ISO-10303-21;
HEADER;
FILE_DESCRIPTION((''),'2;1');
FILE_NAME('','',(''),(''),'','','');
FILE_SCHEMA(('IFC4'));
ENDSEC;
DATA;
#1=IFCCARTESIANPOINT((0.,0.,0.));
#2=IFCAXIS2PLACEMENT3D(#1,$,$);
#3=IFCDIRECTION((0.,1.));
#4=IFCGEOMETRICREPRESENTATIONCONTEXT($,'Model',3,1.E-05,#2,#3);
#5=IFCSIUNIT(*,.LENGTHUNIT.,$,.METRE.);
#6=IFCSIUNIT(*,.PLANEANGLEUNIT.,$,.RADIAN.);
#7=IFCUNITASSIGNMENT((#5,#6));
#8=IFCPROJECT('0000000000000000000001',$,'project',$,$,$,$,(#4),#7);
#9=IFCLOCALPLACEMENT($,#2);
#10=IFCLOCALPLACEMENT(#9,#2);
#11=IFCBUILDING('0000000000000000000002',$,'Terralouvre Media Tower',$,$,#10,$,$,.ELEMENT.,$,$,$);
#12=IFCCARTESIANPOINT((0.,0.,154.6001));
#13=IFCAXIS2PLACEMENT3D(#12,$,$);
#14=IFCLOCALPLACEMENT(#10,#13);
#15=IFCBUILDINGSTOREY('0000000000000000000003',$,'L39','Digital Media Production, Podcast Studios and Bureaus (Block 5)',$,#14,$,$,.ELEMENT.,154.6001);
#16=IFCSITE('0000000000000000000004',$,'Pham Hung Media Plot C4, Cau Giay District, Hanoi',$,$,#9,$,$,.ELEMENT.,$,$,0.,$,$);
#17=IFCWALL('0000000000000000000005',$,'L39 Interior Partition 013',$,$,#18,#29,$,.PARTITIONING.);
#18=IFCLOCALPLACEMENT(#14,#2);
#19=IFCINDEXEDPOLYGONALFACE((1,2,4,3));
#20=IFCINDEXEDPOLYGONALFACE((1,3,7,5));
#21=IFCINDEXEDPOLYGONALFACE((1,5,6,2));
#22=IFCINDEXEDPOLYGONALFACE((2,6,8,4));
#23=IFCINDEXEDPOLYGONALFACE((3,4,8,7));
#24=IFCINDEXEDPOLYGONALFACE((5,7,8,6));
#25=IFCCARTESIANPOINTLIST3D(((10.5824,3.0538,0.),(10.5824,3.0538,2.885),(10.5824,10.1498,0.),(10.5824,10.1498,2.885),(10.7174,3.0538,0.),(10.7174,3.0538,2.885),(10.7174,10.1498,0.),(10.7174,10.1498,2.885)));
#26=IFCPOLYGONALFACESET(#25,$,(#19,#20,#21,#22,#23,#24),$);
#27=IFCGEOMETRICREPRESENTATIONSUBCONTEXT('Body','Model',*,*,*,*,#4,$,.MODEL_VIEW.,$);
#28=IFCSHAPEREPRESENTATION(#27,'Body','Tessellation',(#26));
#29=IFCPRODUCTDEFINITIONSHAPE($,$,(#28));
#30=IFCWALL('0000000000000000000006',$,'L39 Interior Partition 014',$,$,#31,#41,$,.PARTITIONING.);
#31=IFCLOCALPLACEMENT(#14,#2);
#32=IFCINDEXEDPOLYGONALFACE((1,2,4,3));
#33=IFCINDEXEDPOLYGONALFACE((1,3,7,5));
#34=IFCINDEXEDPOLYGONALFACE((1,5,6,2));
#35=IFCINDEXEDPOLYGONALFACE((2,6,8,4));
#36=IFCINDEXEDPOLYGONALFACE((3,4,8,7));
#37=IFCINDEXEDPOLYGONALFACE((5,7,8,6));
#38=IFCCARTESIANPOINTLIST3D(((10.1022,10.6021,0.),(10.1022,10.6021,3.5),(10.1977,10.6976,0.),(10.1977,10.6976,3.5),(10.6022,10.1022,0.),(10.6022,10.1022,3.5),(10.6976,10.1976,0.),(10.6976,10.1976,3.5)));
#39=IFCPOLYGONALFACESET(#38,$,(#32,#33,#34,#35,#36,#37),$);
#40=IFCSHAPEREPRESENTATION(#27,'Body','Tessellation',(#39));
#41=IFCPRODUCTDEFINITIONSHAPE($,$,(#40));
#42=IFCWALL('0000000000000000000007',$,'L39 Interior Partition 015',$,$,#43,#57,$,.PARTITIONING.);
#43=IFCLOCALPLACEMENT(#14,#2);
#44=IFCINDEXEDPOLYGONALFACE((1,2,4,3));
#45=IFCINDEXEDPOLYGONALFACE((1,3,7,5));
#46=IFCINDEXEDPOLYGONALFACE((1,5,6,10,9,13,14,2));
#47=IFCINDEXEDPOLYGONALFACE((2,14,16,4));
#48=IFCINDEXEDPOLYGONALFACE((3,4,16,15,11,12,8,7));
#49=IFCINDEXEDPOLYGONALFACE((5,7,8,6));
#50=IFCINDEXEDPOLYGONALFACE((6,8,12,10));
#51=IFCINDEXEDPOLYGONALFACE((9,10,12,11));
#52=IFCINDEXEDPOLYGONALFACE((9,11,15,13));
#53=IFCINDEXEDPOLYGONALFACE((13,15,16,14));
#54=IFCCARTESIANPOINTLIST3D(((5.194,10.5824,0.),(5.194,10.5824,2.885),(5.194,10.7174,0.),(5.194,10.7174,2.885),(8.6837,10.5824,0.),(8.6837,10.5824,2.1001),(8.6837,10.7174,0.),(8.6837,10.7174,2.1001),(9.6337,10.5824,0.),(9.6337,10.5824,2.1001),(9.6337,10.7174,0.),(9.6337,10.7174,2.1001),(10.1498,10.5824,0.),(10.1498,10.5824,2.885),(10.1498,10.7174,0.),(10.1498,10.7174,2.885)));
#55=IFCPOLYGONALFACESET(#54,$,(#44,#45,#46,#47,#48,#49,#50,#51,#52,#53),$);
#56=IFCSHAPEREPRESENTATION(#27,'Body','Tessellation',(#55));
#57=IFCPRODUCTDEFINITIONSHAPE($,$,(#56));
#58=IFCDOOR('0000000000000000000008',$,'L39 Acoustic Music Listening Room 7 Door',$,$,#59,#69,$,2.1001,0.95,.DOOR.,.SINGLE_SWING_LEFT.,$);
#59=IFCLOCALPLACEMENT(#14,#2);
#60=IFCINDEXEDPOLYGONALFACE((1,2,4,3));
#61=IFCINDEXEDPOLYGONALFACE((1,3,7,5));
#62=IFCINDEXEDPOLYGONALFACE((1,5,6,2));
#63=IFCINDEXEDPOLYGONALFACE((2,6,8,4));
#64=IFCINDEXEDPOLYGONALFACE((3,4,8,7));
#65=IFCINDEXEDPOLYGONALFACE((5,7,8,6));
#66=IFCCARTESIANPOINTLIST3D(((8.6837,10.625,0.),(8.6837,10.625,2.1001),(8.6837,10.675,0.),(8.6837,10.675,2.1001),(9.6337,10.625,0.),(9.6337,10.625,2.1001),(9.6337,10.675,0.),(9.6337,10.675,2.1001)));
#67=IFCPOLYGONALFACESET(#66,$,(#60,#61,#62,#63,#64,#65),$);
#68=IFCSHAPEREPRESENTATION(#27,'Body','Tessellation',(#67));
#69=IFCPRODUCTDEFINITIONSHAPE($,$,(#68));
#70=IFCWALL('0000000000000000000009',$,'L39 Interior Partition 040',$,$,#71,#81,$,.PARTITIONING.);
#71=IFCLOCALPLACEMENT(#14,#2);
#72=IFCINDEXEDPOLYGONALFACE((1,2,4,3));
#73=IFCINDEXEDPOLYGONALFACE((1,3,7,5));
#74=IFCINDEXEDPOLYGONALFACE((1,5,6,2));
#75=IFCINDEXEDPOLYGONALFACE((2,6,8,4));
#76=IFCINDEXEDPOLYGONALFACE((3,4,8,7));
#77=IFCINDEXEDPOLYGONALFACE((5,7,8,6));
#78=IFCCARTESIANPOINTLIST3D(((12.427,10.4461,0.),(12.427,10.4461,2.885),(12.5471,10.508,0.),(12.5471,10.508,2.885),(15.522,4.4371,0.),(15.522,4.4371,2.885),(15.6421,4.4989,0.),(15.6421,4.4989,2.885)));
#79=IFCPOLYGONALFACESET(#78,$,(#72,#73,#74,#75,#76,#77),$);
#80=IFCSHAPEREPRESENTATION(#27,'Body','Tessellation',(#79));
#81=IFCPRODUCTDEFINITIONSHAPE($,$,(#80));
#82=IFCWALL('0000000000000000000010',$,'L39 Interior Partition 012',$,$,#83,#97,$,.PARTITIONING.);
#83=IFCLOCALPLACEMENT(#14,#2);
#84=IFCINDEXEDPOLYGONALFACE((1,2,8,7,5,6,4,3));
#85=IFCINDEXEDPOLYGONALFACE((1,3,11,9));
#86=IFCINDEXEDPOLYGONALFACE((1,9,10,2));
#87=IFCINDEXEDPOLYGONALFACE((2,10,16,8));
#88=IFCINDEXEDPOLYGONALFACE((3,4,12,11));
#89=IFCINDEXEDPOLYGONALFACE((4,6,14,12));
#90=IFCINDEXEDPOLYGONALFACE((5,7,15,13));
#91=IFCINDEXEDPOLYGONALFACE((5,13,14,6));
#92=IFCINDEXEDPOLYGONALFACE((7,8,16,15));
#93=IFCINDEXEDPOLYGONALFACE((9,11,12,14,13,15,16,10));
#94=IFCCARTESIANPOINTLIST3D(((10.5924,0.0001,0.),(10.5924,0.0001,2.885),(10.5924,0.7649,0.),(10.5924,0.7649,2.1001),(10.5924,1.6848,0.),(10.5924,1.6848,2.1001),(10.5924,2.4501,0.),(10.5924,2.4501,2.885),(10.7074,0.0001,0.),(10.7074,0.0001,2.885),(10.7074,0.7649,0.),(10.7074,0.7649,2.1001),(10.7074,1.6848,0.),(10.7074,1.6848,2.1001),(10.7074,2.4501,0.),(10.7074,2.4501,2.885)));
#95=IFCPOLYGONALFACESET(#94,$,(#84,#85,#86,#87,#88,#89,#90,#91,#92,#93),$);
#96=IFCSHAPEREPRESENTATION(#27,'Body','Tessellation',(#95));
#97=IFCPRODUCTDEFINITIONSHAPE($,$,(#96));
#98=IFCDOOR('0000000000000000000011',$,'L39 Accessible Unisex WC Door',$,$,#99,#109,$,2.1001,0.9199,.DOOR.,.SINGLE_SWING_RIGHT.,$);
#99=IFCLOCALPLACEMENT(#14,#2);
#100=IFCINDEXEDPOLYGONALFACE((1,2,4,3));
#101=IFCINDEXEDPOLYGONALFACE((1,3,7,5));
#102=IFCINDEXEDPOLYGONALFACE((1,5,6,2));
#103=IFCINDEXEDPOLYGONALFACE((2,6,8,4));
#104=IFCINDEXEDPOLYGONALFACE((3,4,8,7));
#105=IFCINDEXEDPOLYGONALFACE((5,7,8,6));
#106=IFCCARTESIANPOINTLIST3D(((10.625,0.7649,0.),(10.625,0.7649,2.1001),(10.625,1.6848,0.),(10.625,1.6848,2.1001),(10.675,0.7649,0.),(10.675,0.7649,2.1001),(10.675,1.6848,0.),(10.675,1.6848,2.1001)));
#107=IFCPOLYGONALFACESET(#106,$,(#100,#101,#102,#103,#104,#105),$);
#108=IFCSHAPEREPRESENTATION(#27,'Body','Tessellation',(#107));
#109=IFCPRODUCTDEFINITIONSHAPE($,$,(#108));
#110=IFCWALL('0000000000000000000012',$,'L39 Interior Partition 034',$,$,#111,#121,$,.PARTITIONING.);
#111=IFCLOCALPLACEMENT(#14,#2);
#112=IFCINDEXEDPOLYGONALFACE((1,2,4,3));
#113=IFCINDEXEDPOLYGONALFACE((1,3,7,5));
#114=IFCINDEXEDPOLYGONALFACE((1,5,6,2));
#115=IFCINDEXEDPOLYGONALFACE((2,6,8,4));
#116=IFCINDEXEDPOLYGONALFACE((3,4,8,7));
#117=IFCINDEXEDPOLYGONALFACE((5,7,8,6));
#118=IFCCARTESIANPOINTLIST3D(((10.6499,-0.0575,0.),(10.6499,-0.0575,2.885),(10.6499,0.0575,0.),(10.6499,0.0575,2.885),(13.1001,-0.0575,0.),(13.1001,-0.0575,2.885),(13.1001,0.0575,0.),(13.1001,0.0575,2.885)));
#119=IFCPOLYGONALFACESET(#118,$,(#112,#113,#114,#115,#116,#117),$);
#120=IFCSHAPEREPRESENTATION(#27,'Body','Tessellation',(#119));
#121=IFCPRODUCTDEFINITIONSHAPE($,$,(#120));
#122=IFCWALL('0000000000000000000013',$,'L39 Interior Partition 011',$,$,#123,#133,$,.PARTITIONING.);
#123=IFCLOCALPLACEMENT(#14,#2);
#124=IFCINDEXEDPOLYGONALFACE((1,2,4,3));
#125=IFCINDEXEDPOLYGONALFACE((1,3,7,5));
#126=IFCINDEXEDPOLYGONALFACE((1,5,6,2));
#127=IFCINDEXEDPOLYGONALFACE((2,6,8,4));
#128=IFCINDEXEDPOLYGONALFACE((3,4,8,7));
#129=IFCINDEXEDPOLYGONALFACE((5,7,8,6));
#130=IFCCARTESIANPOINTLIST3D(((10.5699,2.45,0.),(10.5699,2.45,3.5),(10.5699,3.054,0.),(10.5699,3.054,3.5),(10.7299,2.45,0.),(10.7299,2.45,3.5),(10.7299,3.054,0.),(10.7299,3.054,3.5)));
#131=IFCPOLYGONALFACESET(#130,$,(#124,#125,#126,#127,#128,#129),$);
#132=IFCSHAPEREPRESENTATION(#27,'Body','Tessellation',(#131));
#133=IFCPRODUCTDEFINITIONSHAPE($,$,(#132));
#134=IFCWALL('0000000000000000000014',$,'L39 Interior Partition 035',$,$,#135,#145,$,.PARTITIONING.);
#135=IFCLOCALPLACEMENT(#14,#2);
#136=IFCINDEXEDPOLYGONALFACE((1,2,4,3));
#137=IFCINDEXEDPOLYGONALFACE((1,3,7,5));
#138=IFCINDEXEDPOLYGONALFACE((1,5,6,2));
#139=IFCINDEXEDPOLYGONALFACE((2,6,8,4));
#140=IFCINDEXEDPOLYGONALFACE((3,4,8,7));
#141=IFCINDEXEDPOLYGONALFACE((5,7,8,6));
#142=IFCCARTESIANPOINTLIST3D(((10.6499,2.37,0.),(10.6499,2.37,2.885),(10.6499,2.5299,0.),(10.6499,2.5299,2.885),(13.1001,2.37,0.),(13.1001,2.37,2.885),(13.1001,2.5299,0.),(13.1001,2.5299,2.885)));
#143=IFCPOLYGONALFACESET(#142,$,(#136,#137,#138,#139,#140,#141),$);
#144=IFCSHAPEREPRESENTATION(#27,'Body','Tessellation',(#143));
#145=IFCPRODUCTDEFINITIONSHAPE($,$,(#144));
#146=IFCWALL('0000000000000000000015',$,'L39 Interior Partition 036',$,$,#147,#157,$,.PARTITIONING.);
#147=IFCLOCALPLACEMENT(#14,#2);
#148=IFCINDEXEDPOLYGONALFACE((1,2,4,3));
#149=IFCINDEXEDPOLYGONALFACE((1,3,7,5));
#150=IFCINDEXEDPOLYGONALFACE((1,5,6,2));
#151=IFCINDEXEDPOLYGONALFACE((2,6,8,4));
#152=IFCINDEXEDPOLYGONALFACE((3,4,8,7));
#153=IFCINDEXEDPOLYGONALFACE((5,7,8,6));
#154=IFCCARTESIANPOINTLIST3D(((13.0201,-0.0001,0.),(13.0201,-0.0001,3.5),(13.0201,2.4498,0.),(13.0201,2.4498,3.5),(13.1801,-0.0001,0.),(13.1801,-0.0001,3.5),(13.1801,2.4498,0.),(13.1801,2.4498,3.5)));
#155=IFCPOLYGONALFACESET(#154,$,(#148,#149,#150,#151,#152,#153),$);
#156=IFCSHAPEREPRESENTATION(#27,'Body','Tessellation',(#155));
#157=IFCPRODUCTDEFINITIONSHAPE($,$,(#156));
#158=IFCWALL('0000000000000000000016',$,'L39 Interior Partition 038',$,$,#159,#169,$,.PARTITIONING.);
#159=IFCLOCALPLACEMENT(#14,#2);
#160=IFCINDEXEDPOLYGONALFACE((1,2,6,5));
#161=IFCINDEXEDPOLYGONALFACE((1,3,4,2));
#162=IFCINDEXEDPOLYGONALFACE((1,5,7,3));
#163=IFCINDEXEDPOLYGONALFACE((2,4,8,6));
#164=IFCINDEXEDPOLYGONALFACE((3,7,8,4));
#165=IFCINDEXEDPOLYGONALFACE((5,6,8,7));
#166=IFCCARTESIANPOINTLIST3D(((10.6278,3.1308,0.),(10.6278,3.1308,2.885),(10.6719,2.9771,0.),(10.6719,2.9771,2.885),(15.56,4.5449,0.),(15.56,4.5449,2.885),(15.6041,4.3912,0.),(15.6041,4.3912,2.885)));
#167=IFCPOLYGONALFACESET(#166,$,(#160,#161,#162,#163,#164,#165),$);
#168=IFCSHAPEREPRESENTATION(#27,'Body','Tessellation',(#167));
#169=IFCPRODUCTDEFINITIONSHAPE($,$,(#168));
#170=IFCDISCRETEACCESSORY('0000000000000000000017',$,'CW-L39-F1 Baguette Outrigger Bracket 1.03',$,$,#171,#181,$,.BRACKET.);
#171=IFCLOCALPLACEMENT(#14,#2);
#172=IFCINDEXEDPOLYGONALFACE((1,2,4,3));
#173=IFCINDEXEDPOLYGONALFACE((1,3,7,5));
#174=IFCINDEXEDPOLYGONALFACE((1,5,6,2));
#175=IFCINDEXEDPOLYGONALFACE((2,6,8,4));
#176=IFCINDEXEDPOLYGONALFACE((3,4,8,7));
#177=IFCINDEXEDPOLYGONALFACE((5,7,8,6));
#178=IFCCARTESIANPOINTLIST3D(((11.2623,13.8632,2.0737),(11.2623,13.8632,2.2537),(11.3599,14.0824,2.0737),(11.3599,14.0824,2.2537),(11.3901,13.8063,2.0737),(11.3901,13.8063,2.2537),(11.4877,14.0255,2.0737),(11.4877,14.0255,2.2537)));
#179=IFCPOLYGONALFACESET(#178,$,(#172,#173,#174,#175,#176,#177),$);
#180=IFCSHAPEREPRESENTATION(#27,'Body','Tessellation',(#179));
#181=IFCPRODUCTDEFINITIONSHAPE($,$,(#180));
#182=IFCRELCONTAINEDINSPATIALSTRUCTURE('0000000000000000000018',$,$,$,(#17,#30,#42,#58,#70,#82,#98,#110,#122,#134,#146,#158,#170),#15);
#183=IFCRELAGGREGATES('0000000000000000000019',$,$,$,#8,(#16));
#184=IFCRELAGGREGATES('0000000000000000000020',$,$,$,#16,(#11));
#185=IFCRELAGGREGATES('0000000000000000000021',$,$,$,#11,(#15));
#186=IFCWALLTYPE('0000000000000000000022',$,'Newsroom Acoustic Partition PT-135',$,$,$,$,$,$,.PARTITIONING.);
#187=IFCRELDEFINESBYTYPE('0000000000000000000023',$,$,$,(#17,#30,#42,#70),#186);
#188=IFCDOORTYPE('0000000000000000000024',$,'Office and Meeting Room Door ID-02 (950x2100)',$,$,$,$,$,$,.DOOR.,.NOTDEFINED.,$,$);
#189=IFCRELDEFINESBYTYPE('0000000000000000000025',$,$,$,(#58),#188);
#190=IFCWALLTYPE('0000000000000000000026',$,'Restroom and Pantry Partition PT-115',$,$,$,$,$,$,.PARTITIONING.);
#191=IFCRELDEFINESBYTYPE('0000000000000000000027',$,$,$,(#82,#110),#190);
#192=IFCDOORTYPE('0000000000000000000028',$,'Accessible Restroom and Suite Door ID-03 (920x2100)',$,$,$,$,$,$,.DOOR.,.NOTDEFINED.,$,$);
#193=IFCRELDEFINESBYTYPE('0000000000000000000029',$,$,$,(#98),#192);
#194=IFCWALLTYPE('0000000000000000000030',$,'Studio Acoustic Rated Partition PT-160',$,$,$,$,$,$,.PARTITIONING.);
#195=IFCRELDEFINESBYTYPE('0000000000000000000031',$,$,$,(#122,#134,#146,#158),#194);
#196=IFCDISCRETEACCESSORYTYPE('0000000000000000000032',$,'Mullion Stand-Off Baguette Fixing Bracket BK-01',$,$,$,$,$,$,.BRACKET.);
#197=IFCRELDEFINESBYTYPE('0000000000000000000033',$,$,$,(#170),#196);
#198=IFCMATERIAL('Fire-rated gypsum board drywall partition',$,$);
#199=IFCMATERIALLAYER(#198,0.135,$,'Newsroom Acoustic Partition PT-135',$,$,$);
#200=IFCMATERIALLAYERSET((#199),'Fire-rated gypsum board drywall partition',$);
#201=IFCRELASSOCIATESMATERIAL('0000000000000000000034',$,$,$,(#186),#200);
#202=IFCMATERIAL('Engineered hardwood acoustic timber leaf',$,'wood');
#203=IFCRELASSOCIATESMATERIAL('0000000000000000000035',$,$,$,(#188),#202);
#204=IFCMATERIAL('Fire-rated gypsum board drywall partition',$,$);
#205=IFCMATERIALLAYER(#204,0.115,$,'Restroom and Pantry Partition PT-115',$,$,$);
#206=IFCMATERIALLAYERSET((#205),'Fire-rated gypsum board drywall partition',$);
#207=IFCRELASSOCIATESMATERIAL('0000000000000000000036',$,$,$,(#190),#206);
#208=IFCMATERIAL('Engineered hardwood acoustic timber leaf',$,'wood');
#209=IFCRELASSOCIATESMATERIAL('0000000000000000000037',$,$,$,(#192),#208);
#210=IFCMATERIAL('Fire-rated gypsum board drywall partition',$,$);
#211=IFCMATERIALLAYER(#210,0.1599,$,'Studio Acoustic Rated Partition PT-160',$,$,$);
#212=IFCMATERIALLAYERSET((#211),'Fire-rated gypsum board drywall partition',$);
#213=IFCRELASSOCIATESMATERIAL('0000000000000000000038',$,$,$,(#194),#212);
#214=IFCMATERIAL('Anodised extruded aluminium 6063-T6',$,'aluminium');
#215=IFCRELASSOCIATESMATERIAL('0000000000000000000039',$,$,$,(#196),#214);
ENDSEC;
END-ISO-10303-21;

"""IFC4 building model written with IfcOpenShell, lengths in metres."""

from ifc_helpers import new_model, si_unit, direction, frame, frame_2d, origin, origin_2d, place, context, subcontext, project, spatial, rectangle, extrude, material, layer, layer_set, type_object, element, fill, save


model = new_model("IFC4")

# Units and contexts
model_context = context("Model", 3, precision=1e-05, world=origin(), true_north=direction((0.0, 1.0)))
body_context = subcontext(model_context, "Body", "Model", "MODEL_VIEW")
ifc_project = project(units=[si_unit("LENGTHUNIT", "METRE"), si_unit("PLANEANGLEUNIT", "RADIAN")], contexts=[model_context])

# Site, building, storey
site_placement = place(None, origin())
site = spatial("IfcSite", under=ifc_project, at=site_placement, Name="Pham Hung Media Plot C4, Cau Giay District, Hanoi", CompositionType="ELEMENT", RefElevation=0.0)
building_placement = place(site_placement, origin())
building = spatial("IfcBuilding", under=site, at=building_placement, Name="Terralouvre Media Tower", CompositionType="ELEMENT")
storey_placement = place(building_placement, frame((0.0, 0.0, 154.6001)))
storey = spatial("IfcBuildingStorey", under=building, at=storey_placement, Name="L39", Description="Digital Media Production, Podcast Studios and Bureaus (Block 5)", CompositionType="ELEMENT", Elevation=154.6001)

# Walls
ifc_material_1 = material(Name="Fire-rated gypsum board drywall partition")
ifc_layer_1 = layer(ifc_material_1, 0.135, Name="Newsroom Acoustic Partition PT-135")
ifc_layer_set_1 = layer_set([ifc_layer_1], Name="Fire-rated gypsum board drywall partition")
wall_type_1 = type_object("IfcWallType", Name="Newsroom Acoustic Partition PT-135", PredefinedType="PARTITIONING", material=ifc_layer_set_1)
wall_1_placement = place(storey_placement, frame((10.6499, 3.054, 0.0), z_axis=(0.0, 0.0, 1.0), x_axis=(0.0, 1.0, 0.0)))
element("IfcWall", 1, at=wall_1_placement, inside=storey, type_object=wall_type_1, Name="L39 Interior Partition 013", PredefinedType="PARTITIONING", context=body_context, shape_type="SweptSolid", body=[
    extrude(rectangle(XDim=7.0959, YDim=0.135, at=frame_2d((3.5479, 0.0))), origin(), (0.0, 0.0, 1.0), 2.885),
])
wall_2_placement = place(storey_placement, frame((10.6499, 10.1499, 0.0), z_axis=(0.0, 0.0, 1.0), x_axis=(-0.707107, 0.707107, 0.0)))
element("IfcWall", 2, at=wall_2_placement, inside=storey, type_object=wall_type_1, Name="L39 Interior Partition 014", PredefinedType="PARTITIONING", context=body_context, shape_type="SweptSolid", body=[
    extrude(rectangle(XDim=0.707, YDim=0.135, at=frame_2d((0.3535, 0.0))), origin(), (0.0, 0.0, 1.0), 3.5),
])

# Wall, opening, door
wall_3_placement = place(storey_placement, frame((10.1499, 10.6499, 0.0), z_axis=(0.0, 0.0, 1.0), x_axis=(-1.0, 0.0, 0.0)))
wall_3 = element("IfcWall", 3, at=wall_3_placement, inside=storey, type_object=wall_type_1, Name="L39 Interior Partition 015", PredefinedType="PARTITIONING", context=body_context, shape_type="SweptSolid", body=[
    extrude(rectangle(XDim=4.9558, YDim=0.135, at=frame_2d((2.478, 0.0))), origin(), (0.0, 0.0, 1.0), 2.885),
])
opening_1_placement = place(wall_3_placement, frame((0.5161, 0.0, 0.0)))
opening_1 = element("IfcOpeningElement", 4, at=opening_1_placement, cuts=wall_3, PredefinedType="OPENING", context=body_context, shape_type="SweptSolid", body=[
    extrude(rectangle(XDim=0.95, YDim=2.1001, at=frame_2d((0.4751, 1.05))), frame((0.0, 0.0774, 0.0), z_axis=(0.0, -1.0, 0.0), x_axis=(1.0, 0.0, 0.0)), (0.0, 0.0, 1.0), 0.155),
])
ifc_material_2 = material(Name="Engineered hardwood acoustic timber leaf", Category="wood")
door_type_1 = type_object("IfcDoorType", Name="Office and Meeting Room Door ID-02 (950x2100)", OperationType="NOTDEFINED", PredefinedType="DOOR", material=ifc_material_2)
door_1_placement = place(opening_1_placement, origin())
door_1 = element("IfcDoor", 5, at=door_1_placement, inside=storey, type_object=door_type_1, Name="L39 Acoustic Music Listening Room 7 Door", OperationType="SINGLE_SWING_LEFT", OverallHeight=2.1001, OverallWidth=0.95, PredefinedType="DOOR", context=body_context, shape_type="SweptSolid", body=[
    extrude(rectangle(XDim=0.95, YDim=2.1001, at=frame_2d((0.4751, 1.05))), frame((0.0, 0.0249, 0.0), z_axis=(0.0, -1.0, 0.0), x_axis=(1.0, 0.0, 0.0)), (0.0, 0.0, 1.0), 0.05),
])
fill(opening_1, door_1)

# Wall
wall_4_placement = place(storey_placement, frame((12.4871, 10.4771, 0.0), z_axis=(0.0, 0.0, 1.0), x_axis=(0.457887, -0.88901, 0.0)))
element("IfcWall", 6, at=wall_4_placement, inside=storey, type_object=wall_type_1, Name="L39 Interior Partition 040", PredefinedType="PARTITIONING", context=body_context, shape_type="SweptSolid", body=[
    extrude(rectangle(XDim=6.7593, YDim=0.135, at=frame_2d((3.3796, 0.0))), origin(), (0.0, 0.0, 1.0), 2.885),
])

# Wall, opening, door
ifc_material_3 = material(Name="Fire-rated gypsum board drywall partition")
ifc_layer_2 = layer(ifc_material_3, 0.115, Name="Restroom and Pantry Partition PT-115")
ifc_layer_set_2 = layer_set([ifc_layer_2], Name="Fire-rated gypsum board drywall partition")
wall_type_2 = type_object("IfcWallType", Name="Restroom and Pantry Partition PT-115", PredefinedType="PARTITIONING", material=ifc_layer_set_2)
wall_5_placement = place(storey_placement, frame((10.6499, 0.0, 0.0), z_axis=(0.0, 0.0, 1.0), x_axis=(0.0, 1.0, 0.0)))
wall_5 = element("IfcWall", 7, at=wall_5_placement, inside=storey, type_object=wall_type_2, Name="L39 Interior Partition 012", PredefinedType="PARTITIONING", context=body_context, shape_type="SweptSolid", body=[
    extrude(rectangle(XDim=2.45, YDim=0.115, at=frame_2d((1.2251, 0.0))), origin(), (0.0, 0.0, 1.0), 2.885),
])
opening_2_placement = place(wall_5_placement, frame((0.7649, 0.0, 0.0)))
opening_2 = element("IfcOpeningElement", 8, at=opening_2_placement, cuts=wall_5, PredefinedType="OPENING", context=body_context, shape_type="SweptSolid", body=[
    extrude(rectangle(XDim=0.9199, YDim=2.1001, at=frame_2d((0.46, 1.05))), frame((0.0, 0.0674, 0.0), z_axis=(0.0, -1.0, 0.0), x_axis=(1.0, 0.0, 0.0)), (0.0, 0.0, 1.0), 0.135),
])
ifc_material_4 = material(Name="Engineered hardwood acoustic timber leaf", Category="wood")
door_type_2 = type_object("IfcDoorType", Name="Accessible Restroom and Suite Door ID-03 (920x2100)", OperationType="NOTDEFINED", PredefinedType="DOOR", material=ifc_material_4)
door_2_placement = place(opening_2_placement, origin())
door_2 = element("IfcDoor", 9, at=door_2_placement, inside=storey, type_object=door_type_2, Name="L39 Accessible Unisex WC Door", OperationType="SINGLE_SWING_RIGHT", OverallHeight=2.1001, OverallWidth=0.9199, PredefinedType="DOOR", context=body_context, shape_type="SweptSolid", body=[
    extrude(rectangle(XDim=0.9199, YDim=2.1001, at=frame_2d((0.46, 1.05))), frame((0.0, 0.0249, 0.0), z_axis=(0.0, -1.0, 0.0), x_axis=(1.0, 0.0, 0.0)), (0.0, 0.0, 1.0), 0.05),
])
fill(opening_2, door_2)

# Walls
wall_6_placement = place(storey_placement, frame((13.1001, 0.0, 0.0), z_axis=(0.0, 0.0, 1.0), x_axis=(-1.0, 0.0, 0.0)))
element("IfcWall", 10, at=wall_6_placement, inside=storey, type_object=wall_type_2, Name="L39 Interior Partition 034", PredefinedType="PARTITIONING", context=body_context, shape_type="SweptSolid", body=[
    extrude(rectangle(XDim=2.4502, YDim=0.115, at=frame_2d((1.2251, 0.0))), origin(), (0.0, 0.0, 1.0), 2.885),
])
ifc_material_5 = material(Name="Fire-rated gypsum board drywall partition")
ifc_layer_3 = layer(ifc_material_5, 0.1599, Name="Studio Acoustic Rated Partition PT-160")
ifc_layer_set_3 = layer_set([ifc_layer_3], Name="Fire-rated gypsum board drywall partition")
wall_type_3 = type_object("IfcWallType", Name="Studio Acoustic Rated Partition PT-160", PredefinedType="PARTITIONING", material=ifc_layer_set_3)
wall_7_placement = place(storey_placement, frame((10.6499, 2.45, 0.0), z_axis=(0.0, 0.0, 1.0), x_axis=(0.0, 1.0, 0.0)))
element("IfcWall", 11, at=wall_7_placement, inside=storey, type_object=wall_type_3, Name="L39 Interior Partition 011", PredefinedType="PARTITIONING", context=body_context, shape_type="SweptSolid", body=[
    extrude(rectangle(XDim=0.604, YDim=0.1599, at=frame_2d((0.302, 0.0))), origin(), (0.0, 0.0, 1.0), 3.5),
])
wall_8_placement = place(storey_placement, frame((10.6499, 2.45, 0.0), z_axis=(0.0, 0.0, 1.0), x_axis=(1.0, 0.0, 0.0)))
element("IfcWall", 12, at=wall_8_placement, inside=storey, type_object=wall_type_3, Name="L39 Interior Partition 035", PredefinedType="PARTITIONING", context=body_context, shape_type="SweptSolid", body=[
    extrude(rectangle(XDim=2.4502, YDim=0.1599, at=frame_2d((1.2251, 0.0))), origin(), (0.0, 0.0, 1.0), 2.885),
])
wall_9_placement = place(storey_placement, frame((13.1001, 2.45, 0.0), z_axis=(0.0, 0.0, 1.0), x_axis=(0.0, -1.0, 0.0)))
element("IfcWall", 13, at=wall_9_placement, inside=storey, type_object=wall_type_3, Name="L39 Interior Partition 036", PredefinedType="PARTITIONING", context=body_context, shape_type="SweptSolid", body=[
    extrude(rectangle(XDim=2.45, YDim=0.1599, at=frame_2d((1.2251, 0.0))), origin(), (0.0, 0.0, 1.0), 3.5),
])
wall_10_placement = place(storey_placement, frame((15.582, 4.468, 0.0), z_axis=(0.0, 0.0, 1.0), x_axis=(-0.961272, -0.275601, 0.0)))
element("IfcWall", 14, at=wall_10_placement, inside=storey, type_object=wall_type_3, Name="L39 Interior Partition 038", PredefinedType="PARTITIONING", context=body_context, shape_type="SweptSolid", body=[
    extrude(rectangle(XDim=5.1309, YDim=0.1599, at=frame_2d((2.5654, 0.0))), origin(), (0.0, 0.0, 1.0), 2.885),
])

# Discrete accessory
ifc_material_6 = material(Name="Anodised extruded aluminium 6063-T6", Category="aluminium")
discrete_accessory_type = type_object("IfcDiscreteAccessoryType", Name="Mullion Stand-Off Baguette Fixing Bracket BK-01", PredefinedType="BRACKET", material=ifc_material_6)
discrete_accessory_placement = place(storey_placement, frame((11.375, 13.9443, 2.0737), z_axis=(0.0, 0.0, 1.0), x_axis=(-0.913545, 0.406737, 0.0)))
element("IfcDiscreteAccessory", 15, at=discrete_accessory_placement, inside=storey, type_object=discrete_accessory_type, Name="CW-L39-F1 Baguette Outrigger Bracket 1.03", PredefinedType="BRACKET", context=body_context, shape_type="SweptSolid", body=[
    extrude(rectangle(XDim=0.1399, YDim=0.24, at=origin_2d()), origin(), (0.0, 0.0, 1.0), 0.1799),
])

save(model, "model.ifc")
